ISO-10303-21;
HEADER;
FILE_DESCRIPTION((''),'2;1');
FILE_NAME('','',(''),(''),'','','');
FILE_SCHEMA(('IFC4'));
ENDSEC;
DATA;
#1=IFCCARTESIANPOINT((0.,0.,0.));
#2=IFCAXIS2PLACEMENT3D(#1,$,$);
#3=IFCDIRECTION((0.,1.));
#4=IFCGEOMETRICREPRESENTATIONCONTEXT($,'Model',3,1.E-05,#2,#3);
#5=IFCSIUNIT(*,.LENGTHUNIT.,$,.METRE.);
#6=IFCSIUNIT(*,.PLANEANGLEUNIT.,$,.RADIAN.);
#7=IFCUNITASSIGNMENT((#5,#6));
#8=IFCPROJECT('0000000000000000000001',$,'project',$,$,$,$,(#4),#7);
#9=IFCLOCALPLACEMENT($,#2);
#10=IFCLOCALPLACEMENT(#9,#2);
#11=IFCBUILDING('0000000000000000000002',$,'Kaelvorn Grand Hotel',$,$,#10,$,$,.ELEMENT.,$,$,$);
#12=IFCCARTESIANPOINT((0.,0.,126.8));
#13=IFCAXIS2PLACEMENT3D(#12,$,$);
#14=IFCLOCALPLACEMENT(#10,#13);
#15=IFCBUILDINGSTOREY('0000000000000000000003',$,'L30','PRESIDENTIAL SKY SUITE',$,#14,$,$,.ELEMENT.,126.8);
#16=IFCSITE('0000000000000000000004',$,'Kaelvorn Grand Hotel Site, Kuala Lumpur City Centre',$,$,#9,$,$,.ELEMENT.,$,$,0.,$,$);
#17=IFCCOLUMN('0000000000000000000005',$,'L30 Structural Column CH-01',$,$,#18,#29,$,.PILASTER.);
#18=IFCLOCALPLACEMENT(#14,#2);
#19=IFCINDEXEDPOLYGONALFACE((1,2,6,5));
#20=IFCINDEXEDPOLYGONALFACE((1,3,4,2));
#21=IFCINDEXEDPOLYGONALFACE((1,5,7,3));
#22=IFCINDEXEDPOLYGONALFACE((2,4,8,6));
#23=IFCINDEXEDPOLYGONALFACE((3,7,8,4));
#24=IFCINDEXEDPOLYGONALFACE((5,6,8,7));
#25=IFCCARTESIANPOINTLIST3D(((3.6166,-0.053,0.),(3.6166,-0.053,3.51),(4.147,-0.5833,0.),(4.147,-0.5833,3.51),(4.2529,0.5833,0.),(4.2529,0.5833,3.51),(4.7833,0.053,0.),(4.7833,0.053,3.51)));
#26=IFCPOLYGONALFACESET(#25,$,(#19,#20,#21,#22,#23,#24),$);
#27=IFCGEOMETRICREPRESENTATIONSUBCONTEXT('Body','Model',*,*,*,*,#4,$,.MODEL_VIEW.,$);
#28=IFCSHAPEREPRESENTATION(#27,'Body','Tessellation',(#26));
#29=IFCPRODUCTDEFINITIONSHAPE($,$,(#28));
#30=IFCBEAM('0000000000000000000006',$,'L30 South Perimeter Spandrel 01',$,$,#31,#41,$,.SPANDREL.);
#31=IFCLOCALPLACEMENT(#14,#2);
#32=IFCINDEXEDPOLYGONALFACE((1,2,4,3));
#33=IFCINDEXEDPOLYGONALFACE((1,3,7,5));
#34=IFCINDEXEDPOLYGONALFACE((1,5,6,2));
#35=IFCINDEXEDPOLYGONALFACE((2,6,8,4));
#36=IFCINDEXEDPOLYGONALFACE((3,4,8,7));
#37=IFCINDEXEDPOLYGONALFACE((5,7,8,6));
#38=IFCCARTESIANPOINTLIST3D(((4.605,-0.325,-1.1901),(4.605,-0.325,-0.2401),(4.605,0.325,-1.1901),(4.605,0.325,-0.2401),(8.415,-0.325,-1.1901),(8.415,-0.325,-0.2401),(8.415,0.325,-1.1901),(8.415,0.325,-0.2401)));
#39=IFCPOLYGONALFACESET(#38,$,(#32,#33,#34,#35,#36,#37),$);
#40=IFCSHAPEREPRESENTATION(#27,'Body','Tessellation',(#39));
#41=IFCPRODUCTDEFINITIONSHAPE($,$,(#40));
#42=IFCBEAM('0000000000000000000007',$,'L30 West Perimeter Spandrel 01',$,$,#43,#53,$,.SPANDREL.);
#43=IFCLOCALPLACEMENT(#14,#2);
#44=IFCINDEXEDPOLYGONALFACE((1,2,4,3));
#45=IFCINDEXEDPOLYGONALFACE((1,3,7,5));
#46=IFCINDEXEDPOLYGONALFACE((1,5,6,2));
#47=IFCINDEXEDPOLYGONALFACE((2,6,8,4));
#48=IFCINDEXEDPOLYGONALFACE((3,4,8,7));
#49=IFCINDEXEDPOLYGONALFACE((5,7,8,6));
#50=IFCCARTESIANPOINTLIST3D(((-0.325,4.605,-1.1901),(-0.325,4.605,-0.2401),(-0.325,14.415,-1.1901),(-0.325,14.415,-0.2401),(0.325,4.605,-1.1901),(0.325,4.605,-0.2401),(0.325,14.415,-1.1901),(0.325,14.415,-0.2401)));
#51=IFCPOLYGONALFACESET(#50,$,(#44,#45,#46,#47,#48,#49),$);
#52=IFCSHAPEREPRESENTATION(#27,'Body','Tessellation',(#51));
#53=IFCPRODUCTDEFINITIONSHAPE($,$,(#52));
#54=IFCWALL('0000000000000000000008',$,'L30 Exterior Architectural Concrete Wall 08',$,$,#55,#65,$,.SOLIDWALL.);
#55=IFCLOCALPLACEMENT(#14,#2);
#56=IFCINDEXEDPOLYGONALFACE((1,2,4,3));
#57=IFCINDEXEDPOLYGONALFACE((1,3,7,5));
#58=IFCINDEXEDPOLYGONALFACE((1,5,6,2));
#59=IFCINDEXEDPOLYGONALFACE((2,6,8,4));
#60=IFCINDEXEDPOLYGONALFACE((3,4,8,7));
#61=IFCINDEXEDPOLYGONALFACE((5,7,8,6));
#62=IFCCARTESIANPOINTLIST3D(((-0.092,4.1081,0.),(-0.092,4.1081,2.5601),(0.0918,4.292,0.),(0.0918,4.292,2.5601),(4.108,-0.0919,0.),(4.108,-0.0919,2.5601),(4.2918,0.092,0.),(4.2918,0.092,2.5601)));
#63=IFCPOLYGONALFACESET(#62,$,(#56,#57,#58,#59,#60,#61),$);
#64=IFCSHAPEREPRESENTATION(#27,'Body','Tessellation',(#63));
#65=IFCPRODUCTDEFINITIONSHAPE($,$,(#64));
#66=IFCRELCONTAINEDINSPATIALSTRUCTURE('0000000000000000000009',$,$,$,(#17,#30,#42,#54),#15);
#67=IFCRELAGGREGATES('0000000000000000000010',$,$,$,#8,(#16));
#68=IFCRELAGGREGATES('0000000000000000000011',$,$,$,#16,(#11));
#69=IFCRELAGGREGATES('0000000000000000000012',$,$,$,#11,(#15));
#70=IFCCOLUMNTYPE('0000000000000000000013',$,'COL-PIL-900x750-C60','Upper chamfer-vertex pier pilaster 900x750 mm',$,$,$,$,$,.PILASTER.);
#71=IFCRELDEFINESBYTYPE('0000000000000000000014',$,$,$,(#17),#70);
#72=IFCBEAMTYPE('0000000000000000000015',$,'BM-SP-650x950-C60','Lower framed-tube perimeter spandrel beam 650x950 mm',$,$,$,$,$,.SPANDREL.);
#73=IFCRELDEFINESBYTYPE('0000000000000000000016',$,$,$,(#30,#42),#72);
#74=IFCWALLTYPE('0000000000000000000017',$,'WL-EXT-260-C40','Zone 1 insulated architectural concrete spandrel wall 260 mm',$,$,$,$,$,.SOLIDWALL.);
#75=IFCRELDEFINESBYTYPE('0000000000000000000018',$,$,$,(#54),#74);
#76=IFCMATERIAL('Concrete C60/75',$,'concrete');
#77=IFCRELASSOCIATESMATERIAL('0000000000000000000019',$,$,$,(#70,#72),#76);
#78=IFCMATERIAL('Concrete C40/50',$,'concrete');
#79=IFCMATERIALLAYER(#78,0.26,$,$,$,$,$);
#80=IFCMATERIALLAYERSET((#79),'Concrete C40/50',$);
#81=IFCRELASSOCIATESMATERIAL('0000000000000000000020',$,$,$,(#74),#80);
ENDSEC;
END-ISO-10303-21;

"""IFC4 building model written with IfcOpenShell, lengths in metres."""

from ifc_helpers import new_model, si_unit, direction, frame, frame_2d, origin, origin_2d, place, context, subcontext, project, spatial, rectangle, extrude, material, layer, layer_set, material_profile, profile_set, type_object, element, save


model = new_model("IFC4")

# Units and contexts
model_context = context("Model", 3, precision=1e-05, world=origin(), true_north=direction((0.0, 1.0)))
body_context = subcontext(model_context, "Body", "Model", "MODEL_VIEW")
ifc_project = project(units=[si_unit("LENGTHUNIT", "METRE"), si_unit("PLANEANGLEUNIT", "RADIAN")], contexts=[model_context])

# Site, building, storey
site_placement = place(None, origin())
site = spatial("IfcSite", under=ifc_project, at=site_placement, Name="Kaelvorn Grand Hotel Site, Kuala Lumpur City Centre", CompositionType="ELEMENT", RefElevation=0.0)
building_placement = place(site_placement, origin())
building = spatial("IfcBuilding", under=site, at=building_placement, Name="Kaelvorn Grand Hotel", CompositionType="ELEMENT")
storey_placement = place(building_placement, frame((0.0, 0.0, 126.8)))
storey = spatial("IfcBuildingStorey", under=building, at=storey_placement, Name="L30", Description="PRESIDENTIAL SKY SUITE", CompositionType="ELEMENT", Elevation=126.8)

# Column
ifc_material_1 = material(Name="Concrete C60/75", Category="concrete")
ifc_material_profile_1 = material_profile(ifc_material_1, rectangle(XDim=0.8999, YDim=0.75, at=origin_2d()), Name="RC PILASTER 900x750")
ifc_profile_set_1 = profile_set([ifc_material_profile_1], Name="Concrete C60/75")
column_type = type_object("IfcColumnType", Name="COL-PIL-900x750-C60", Description="Upper chamfer-vertex pier pilaster 900x750 mm", PredefinedType="PILASTER", material=ifc_profile_set_1)
column_placement = place(storey_placement, frame((4.2, 0.0, 0.0), z_axis=(0.0, 0.0, 1.0), x_axis=(0.707107, 0.707107, 0.0)))
element("IfcColumn", 1, at=column_placement, inside=storey, type_object=column_type, Name="L30 Structural Column CH-01", PredefinedType="PILASTER", context=body_context, shape_type="SweptSolid", body=[
    extrude(rectangle(XDim=0.8999, YDim=0.75, at=origin_2d()), origin(), (0.0, 0.0, 1.0), 3.51),
])

# Beams
ifc_material_profile_2 = material_profile(ifc_material_1, rectangle(XDim=0.6499, YDim=0.95, at=origin_2d()), Name="RC SPANDREL 650x950")
ifc_profile_set_2 = profile_set([ifc_material_profile_2], Name="Concrete C60/75")
beam_type = type_object("IfcBeamType", Name="BM-SP-650x950-C60", Description="Lower framed-tube perimeter spandrel beam 650x950 mm", PredefinedType="SPANDREL", material=ifc_profile_set_2)
beam_1_placement = place(storey_placement, frame((4.605, 0.0, -0.7151), z_axis=(1.0, 0.0, 0.0), x_axis=(0.0, 1.0, 0.0)))
element("IfcBeam", 2, at=beam_1_placement, inside=storey, type_object=beam_type, Name="L30 South Perimeter Spandrel 01", PredefinedType="SPANDREL", context=body_context, shape_type="SweptSolid", body=[
    extrude(rectangle(XDim=0.6499, YDim=0.95, at=origin_2d()), origin(), (0.0, 0.0, 1.0), 3.8101),
])
beam_2_placement = place(storey_placement, frame((0.0, 4.605, -0.7151), z_axis=(0.0, 1.0, 0.0), x_axis=(-1.0, 0.0, 0.0)))
element("IfcBeam", 3, at=beam_2_placement, inside=storey, type_object=beam_type, Name="L30 West Perimeter Spandrel 01", PredefinedType="SPANDREL", context=body_context, shape_type="SweptSolid", body=[
    extrude(rectangle(XDim=0.6499, YDim=0.95, at=origin_2d()), origin(), (0.0, 0.0, 1.0), 9.8101),
])

# Shared definitions
ifc_material_2 = material(Name="Concrete C40/50", Category="concrete")
ifc_layer = layer(ifc_material_2, 0.26)
ifc_layer_set = layer_set([ifc_layer], Name="Concrete C40/50")
wall_type = type_object("IfcWallType", Name="WL-EXT-260-C40", Description="Zone 1 insulated architectural concrete spandrel wall 260 mm", PredefinedType="SOLIDWALL", material=ifc_layer_set)

# Wall
wall_1_placement = place(storey_placement, frame((0.0, 4.2, 0.0), z_axis=(0.0, 0.0, 1.0), x_axis=(0.707107, -0.707107, 0.0)))
element("IfcWall", 4, at=wall_1_placement, inside=storey, type_object=wall_type, Name="L30 Exterior Architectural Concrete Wall 08", PredefinedType="SOLIDWALL", context=body_context, shape_type="SweptSolid", body=[
    extrude(rectangle(XDim=5.9397, YDim=0.26, at=frame_2d((2.9697, 0.0))), origin(), (0.0, 0.0, 1.0), 2.5601),
])

save(model, "model.ifc")
